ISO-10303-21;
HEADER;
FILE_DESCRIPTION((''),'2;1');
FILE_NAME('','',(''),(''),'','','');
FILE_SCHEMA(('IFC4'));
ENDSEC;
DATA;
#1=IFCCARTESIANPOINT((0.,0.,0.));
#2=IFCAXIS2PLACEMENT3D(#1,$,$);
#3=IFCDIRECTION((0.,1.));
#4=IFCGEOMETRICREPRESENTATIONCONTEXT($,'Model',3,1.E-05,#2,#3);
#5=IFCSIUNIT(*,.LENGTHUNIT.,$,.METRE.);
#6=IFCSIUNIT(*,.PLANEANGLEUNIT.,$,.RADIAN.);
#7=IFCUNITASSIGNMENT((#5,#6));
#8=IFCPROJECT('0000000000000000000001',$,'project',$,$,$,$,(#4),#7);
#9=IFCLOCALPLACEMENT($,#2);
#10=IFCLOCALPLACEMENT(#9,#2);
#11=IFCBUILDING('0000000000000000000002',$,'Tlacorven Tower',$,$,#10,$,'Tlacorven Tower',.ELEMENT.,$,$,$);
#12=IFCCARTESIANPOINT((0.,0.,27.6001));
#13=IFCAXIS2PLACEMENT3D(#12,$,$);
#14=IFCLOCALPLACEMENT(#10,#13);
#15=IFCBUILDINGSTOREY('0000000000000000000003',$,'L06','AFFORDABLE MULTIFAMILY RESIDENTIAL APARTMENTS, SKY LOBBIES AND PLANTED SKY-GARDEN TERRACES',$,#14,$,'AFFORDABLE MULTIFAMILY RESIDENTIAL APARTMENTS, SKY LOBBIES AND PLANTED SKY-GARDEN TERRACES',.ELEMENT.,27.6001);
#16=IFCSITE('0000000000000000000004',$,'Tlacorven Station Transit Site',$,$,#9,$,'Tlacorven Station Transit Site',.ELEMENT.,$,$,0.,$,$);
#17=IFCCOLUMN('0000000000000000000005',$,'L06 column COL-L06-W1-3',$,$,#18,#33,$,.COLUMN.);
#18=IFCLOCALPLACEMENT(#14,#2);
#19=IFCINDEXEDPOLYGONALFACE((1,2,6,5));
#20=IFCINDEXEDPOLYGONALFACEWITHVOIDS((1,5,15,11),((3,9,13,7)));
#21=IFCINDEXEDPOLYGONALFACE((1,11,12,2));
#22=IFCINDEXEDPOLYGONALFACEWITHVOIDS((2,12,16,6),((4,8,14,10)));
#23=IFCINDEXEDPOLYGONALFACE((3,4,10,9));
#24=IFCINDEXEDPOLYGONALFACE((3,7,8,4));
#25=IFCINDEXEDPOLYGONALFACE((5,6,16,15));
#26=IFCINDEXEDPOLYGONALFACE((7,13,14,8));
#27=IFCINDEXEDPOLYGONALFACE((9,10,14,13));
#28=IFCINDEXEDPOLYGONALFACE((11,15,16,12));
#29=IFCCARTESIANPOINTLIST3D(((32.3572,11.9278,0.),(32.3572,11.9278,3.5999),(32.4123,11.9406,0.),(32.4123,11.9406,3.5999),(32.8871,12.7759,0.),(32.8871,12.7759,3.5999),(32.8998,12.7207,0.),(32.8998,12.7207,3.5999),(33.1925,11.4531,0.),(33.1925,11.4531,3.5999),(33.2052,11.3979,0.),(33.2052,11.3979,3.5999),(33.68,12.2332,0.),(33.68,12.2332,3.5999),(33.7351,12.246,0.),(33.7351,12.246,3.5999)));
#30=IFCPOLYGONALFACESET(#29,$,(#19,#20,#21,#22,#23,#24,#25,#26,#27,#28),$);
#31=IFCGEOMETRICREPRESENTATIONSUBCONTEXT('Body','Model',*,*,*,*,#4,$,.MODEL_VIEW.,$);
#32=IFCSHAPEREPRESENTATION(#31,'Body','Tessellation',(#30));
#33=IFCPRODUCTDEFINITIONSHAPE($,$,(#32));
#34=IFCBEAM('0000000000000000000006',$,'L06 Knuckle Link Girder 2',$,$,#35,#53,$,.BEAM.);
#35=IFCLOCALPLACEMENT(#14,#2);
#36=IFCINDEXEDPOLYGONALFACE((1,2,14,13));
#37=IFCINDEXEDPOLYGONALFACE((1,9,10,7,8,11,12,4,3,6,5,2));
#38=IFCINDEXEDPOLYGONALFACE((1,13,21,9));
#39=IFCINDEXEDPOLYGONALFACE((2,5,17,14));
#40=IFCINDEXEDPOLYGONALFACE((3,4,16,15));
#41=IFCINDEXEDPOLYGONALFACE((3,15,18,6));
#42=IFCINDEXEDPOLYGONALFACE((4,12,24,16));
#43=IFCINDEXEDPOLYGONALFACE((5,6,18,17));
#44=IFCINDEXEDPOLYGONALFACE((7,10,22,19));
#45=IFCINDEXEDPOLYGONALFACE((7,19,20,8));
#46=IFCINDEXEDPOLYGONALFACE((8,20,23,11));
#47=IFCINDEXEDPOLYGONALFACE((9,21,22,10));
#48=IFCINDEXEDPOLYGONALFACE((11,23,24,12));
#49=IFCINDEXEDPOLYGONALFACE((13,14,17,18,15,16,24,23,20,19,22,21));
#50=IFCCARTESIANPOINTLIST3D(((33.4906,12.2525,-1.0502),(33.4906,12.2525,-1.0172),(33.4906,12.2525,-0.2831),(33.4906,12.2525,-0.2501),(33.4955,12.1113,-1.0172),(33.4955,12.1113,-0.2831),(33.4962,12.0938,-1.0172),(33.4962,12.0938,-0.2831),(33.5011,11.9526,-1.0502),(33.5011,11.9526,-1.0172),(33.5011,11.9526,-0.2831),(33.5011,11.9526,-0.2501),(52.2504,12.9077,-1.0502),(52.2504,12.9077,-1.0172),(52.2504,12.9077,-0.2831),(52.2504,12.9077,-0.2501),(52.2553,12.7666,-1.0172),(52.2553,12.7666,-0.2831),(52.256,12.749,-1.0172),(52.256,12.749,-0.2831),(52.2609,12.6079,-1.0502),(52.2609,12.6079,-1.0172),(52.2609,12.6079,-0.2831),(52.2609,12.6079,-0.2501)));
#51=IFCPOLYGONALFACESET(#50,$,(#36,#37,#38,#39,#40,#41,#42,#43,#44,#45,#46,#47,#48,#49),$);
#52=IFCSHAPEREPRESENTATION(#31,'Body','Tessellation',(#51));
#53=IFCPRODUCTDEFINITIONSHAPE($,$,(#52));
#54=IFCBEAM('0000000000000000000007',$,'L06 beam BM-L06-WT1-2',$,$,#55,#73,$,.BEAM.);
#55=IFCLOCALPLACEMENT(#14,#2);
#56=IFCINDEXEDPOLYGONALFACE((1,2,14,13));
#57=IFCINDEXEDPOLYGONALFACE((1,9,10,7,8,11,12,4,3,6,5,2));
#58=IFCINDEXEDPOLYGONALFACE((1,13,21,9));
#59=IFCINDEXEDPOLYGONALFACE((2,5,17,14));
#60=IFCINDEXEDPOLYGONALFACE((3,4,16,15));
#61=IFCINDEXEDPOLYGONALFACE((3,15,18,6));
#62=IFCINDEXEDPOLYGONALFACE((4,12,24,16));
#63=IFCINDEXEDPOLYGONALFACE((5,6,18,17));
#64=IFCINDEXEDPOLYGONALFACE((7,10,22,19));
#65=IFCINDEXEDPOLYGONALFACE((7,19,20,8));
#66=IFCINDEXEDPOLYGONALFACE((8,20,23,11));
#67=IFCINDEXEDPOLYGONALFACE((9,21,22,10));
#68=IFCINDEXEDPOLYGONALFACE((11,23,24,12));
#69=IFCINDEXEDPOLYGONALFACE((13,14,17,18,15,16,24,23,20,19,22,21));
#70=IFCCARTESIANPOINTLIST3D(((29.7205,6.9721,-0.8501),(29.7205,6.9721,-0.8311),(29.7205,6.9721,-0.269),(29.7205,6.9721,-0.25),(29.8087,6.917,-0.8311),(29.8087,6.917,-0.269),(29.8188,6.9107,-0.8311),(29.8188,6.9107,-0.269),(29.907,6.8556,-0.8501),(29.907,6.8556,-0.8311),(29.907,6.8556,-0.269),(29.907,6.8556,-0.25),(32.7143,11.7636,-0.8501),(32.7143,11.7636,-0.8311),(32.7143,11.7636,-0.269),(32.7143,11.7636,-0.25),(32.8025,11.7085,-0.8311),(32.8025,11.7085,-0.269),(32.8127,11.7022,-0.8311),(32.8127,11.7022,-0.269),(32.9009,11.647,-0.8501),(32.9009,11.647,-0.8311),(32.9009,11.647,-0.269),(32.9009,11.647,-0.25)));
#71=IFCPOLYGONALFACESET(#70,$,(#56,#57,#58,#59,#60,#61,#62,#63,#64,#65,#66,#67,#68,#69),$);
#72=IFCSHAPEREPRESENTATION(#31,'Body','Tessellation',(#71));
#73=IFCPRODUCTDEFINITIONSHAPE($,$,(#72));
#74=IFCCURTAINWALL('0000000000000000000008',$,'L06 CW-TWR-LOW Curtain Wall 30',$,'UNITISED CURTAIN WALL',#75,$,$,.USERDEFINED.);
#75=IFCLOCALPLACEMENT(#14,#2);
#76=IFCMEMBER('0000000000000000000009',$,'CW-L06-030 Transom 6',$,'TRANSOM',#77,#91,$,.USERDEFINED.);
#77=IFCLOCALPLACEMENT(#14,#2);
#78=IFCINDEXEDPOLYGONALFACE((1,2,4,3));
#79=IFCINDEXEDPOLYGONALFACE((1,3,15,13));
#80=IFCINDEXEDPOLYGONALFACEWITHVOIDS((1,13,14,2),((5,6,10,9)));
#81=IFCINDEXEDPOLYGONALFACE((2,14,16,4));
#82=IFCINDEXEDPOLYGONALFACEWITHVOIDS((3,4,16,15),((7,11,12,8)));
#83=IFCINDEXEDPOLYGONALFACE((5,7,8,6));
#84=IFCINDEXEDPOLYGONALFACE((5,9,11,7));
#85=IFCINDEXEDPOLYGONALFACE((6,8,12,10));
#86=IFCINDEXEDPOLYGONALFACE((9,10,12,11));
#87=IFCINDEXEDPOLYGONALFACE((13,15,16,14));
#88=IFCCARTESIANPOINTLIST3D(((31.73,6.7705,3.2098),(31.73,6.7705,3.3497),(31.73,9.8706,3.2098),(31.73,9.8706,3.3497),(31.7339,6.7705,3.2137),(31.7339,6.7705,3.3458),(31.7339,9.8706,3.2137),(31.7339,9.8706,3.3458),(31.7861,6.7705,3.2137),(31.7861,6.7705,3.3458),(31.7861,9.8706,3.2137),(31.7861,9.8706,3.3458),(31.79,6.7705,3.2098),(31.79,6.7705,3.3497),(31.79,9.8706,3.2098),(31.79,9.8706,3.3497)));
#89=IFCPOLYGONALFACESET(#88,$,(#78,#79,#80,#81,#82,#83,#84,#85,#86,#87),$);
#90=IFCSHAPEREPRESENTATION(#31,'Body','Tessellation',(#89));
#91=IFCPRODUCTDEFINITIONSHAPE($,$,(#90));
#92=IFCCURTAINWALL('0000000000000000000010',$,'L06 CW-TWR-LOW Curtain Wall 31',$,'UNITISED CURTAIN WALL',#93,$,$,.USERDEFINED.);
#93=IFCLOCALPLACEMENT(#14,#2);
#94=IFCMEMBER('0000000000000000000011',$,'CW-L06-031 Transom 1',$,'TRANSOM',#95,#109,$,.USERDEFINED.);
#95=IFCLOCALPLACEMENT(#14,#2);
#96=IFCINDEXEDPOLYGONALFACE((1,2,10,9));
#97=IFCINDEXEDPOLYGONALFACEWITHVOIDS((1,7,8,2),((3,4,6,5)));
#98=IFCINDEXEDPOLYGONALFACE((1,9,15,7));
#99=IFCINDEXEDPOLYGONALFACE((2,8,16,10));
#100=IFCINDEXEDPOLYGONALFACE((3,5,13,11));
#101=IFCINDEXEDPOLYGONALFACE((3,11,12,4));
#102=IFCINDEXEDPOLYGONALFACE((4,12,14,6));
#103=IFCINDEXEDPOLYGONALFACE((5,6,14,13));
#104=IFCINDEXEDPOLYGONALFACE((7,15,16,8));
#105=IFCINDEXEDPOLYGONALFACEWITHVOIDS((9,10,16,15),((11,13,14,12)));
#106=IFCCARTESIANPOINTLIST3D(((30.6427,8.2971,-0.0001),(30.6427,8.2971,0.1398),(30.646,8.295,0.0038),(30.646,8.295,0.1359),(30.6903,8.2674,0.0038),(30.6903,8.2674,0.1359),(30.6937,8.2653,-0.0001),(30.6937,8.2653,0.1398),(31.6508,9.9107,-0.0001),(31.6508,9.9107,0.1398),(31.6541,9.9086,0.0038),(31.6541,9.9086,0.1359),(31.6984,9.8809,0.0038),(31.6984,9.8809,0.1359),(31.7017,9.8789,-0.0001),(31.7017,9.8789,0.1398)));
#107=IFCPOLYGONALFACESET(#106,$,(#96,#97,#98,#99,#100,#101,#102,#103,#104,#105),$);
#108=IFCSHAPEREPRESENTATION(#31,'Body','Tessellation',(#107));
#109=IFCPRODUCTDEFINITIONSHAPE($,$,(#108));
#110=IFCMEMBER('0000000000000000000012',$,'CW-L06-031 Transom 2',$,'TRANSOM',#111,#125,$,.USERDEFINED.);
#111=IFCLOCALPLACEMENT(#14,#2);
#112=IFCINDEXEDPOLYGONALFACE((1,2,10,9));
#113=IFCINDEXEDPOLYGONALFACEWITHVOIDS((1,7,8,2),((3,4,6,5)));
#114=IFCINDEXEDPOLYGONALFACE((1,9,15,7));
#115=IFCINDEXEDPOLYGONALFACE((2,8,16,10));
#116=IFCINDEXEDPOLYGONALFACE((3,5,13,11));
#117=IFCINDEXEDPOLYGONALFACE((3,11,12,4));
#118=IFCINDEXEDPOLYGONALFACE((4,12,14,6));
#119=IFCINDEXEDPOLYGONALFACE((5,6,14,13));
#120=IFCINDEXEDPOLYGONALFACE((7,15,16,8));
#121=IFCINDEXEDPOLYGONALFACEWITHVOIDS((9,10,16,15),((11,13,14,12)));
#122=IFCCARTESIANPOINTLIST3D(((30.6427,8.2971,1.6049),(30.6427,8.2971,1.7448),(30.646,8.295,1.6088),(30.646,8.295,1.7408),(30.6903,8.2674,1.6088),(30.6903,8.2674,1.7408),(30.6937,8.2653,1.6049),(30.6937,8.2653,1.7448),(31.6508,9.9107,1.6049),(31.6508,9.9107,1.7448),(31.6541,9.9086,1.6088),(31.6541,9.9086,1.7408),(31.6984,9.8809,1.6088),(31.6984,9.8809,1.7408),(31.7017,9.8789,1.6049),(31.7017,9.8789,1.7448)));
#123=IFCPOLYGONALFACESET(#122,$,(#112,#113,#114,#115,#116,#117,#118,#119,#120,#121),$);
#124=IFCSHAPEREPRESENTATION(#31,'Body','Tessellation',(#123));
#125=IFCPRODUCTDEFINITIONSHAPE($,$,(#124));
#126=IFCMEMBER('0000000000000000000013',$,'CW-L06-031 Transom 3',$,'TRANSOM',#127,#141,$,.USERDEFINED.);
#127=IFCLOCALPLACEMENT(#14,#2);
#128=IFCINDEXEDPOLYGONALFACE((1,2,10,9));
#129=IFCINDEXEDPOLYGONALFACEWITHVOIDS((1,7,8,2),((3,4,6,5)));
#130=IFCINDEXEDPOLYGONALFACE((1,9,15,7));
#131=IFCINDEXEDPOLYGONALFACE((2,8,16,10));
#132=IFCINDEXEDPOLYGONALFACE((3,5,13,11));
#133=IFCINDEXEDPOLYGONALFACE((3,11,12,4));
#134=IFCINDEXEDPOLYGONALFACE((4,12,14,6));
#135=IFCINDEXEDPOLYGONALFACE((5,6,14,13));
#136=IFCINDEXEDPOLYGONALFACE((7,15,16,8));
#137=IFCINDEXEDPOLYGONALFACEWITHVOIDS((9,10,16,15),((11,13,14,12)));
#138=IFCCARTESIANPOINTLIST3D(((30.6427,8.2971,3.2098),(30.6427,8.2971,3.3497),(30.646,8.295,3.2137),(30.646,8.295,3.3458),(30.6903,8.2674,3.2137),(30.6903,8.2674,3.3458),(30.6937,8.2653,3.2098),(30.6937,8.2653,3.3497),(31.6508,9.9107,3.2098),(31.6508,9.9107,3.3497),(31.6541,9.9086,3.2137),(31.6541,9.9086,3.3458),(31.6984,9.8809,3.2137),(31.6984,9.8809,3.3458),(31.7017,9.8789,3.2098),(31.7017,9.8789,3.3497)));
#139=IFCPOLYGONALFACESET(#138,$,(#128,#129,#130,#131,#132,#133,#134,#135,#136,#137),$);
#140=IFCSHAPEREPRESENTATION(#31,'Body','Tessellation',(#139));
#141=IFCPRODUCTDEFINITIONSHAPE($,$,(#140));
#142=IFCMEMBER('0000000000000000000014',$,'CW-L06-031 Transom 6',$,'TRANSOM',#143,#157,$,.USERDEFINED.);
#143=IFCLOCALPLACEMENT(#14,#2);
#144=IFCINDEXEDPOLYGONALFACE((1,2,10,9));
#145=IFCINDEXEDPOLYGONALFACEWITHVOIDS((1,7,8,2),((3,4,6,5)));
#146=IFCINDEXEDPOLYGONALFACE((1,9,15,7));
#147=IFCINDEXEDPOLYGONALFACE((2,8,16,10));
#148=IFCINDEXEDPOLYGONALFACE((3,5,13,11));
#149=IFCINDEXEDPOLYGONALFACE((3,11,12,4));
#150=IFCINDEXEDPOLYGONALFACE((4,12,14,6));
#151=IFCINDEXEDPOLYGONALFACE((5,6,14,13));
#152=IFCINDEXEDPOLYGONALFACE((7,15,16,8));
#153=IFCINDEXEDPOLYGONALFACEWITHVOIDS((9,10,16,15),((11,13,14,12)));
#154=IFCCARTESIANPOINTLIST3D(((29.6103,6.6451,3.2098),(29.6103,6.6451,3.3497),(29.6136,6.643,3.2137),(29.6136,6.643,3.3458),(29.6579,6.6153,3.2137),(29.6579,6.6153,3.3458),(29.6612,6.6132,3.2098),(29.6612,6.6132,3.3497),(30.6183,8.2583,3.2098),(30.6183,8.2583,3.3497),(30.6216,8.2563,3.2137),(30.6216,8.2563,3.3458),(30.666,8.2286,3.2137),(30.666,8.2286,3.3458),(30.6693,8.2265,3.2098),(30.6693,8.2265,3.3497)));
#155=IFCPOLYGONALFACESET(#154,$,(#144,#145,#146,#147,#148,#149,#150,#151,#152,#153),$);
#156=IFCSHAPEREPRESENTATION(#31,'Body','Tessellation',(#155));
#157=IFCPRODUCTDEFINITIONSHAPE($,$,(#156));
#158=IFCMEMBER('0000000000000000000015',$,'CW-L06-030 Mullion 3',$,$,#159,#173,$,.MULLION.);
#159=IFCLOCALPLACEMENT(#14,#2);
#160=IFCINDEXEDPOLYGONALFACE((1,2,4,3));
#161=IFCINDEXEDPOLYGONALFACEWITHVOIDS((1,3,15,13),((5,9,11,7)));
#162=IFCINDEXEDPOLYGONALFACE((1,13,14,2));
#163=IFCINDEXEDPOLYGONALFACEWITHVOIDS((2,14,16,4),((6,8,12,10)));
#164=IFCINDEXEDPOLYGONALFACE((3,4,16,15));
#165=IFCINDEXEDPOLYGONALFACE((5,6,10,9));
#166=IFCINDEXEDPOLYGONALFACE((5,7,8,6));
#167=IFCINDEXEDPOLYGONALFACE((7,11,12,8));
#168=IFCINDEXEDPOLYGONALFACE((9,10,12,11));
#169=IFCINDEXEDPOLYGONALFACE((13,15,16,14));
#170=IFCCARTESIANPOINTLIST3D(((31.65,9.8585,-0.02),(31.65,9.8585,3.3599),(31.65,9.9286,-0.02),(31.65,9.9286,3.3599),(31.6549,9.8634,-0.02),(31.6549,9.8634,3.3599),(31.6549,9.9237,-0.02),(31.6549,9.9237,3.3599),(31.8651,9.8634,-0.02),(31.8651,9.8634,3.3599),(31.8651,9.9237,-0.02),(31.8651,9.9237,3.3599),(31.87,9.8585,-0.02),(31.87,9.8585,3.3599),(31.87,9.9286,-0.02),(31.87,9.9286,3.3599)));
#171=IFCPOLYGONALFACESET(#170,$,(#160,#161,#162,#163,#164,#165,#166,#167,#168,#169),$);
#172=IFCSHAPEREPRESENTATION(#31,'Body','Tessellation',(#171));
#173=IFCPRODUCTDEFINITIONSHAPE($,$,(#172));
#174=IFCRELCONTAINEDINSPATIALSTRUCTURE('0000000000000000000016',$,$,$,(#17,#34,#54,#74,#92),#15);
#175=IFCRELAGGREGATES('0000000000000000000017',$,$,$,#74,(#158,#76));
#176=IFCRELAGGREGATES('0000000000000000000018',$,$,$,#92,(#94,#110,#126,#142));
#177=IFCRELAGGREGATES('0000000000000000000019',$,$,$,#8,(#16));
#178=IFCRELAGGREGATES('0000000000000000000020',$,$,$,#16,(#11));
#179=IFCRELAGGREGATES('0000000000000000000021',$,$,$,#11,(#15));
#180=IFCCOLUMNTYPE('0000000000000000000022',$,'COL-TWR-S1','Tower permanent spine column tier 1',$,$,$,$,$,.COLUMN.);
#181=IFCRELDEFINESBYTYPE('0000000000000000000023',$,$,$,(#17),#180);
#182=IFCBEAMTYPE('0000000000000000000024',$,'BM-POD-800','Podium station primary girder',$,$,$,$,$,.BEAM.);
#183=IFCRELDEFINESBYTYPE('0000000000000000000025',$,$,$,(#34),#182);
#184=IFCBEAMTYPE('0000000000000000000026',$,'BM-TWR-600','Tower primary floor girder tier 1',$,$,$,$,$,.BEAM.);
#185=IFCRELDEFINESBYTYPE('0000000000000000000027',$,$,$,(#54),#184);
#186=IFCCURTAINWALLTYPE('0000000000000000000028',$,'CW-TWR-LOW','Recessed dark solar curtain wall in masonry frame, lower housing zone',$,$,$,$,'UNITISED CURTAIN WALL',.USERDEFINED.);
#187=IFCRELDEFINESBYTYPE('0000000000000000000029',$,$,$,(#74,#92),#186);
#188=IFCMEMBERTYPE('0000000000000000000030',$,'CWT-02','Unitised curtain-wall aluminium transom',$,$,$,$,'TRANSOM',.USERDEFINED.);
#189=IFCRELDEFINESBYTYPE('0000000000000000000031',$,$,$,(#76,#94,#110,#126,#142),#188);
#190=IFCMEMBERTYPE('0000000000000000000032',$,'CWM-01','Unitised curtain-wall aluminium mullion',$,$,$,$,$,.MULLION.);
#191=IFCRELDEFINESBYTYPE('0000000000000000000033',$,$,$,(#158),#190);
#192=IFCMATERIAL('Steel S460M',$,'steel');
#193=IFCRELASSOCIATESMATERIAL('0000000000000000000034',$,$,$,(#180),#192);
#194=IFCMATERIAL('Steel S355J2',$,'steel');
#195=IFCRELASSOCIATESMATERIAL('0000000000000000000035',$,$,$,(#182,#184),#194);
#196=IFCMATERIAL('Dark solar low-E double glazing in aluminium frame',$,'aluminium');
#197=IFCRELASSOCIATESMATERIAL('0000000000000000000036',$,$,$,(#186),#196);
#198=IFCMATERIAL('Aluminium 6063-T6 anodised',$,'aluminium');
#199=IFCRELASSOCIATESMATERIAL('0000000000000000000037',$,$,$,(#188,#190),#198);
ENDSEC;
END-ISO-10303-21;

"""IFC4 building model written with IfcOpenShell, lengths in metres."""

from ifc_helpers import new_model, si_unit, direction, frame, origin, origin_2d, place, context, subcontext, project, spatial, hollow_rectangle, i_section, extrude, source, transform, mapped, material, material_profile, profile_set, type_object, element, aggregate, save


model = new_model("IFC4")

# Units and contexts
model_context = context("Model", 3, precision=1e-05, world=origin(), true_north=direction((0.0, 1.0)))
body_context = subcontext(model_context, "Body", "Model", "MODEL_VIEW")
ifc_project = project(units=[si_unit("LENGTHUNIT", "METRE"), si_unit("PLANEANGLEUNIT", "RADIAN")], contexts=[model_context])

# Site, building, storey
site_placement = place(None, origin())
site = spatial("IfcSite", under=ifc_project, at=site_placement, Name="Tlacorven Station Transit Site", LongName="Tlacorven Station Transit Site", CompositionType="ELEMENT", RefElevation=0.0)
building_placement = place(site_placement, origin())
building = spatial("IfcBuilding", under=site, at=building_placement, Name="Tlacorven Tower", LongName="Tlacorven Tower", CompositionType="ELEMENT")
storey_placement = place(building_placement, frame((0.0, 0.0, 27.6001)))
storey = spatial("IfcBuildingStorey", under=building, at=storey_placement, Name="L06", Description="AFFORDABLE MULTIFAMILY RESIDENTIAL APARTMENTS, SKY LOBBIES AND PLANTED SKY-GARDEN TERRACES", LongName="AFFORDABLE MULTIFAMILY RESIDENTIAL APARTMENTS, SKY LOBBIES AND PLANTED SKY-GARDEN TERRACES", CompositionType="ELEMENT", Elevation=27.6001)

# Column
ifc_material_1 = material(Name="Steel S460M", Category="steel")
ifc_material_profile_1 = material_profile(ifc_material_1, hollow_rectangle(XDim=1.0, YDim=1.0, WallThickness=0.04, at=origin_2d()), Name="BOX 1000X1000X40")
ifc_profile_set_1 = profile_set([ifc_material_profile_1], Name="Steel S460M")
column_type = type_object("IfcColumnType", Name="COL-TWR-S1", Description="Tower permanent spine column tier 1", PredefinedType="COLUMN", material=ifc_profile_set_1)
shared_shape_1 = source(origin(), body_context, "Body", "SweptSolid", [
    extrude(hollow_rectangle(XDim=1.0, YDim=1.0, WallThickness=0.04, at=origin_2d()), origin(), (0.0, 0.0, 1.0), 3.5999),
])
column_placement = place(storey_placement, frame((33.0461, 12.0869, 0.0), z_axis=(0.0, 0.0, 1.0), x_axis=(-0.848048, 0.529919, 0.0)))
element("IfcColumn", 1, at=column_placement, inside=storey, type_object=column_type, Name="L06 column COL-L06-W1-3", PredefinedType="COLUMN", context=body_context, shape_type="MappedRepresentation", body=[
    mapped(shared_shape_1, transform((0.0, 0.0, 0.0), scale=1.0)),
])

# Beams
ifc_material_2 = material(Name="Steel S355J2", Category="steel")
ifc_material_profile_2 = material_profile(ifc_material_2, i_section(OverallWidth=0.3, OverallDepth=0.8, WebThickness=0.0176, FlangeThickness=0.033, at=origin_2d()), Name="HEB 800")
ifc_profile_set_2 = profile_set([ifc_material_profile_2], Name="Steel S355J2")
beam_type_1 = type_object("IfcBeamType", Name="BM-POD-800", Description="Podium station primary girder", PredefinedType="BEAM", material=ifc_profile_set_2)
shared_shape_2 = source(origin(), body_context, "Body", "SweptSolid", [
    extrude(i_section(OverallWidth=0.3, OverallDepth=0.8, WebThickness=0.0176, FlangeThickness=0.033, at=origin_2d()), origin(), (0.0, 0.0, 1.0), 18.7712),
])
beam_1_placement = place(storey_placement, frame((33.4958, 12.1025, -0.6501), z_axis=(0.999391, 0.034908, 0.0), x_axis=(-0.034908, 0.999391, 0.0)))
element("IfcBeam", 2, at=beam_1_placement, inside=storey, type_object=beam_type_1, Name="L06 Knuckle Link Girder 2", PredefinedType="BEAM", context=body_context, shape_type="MappedRepresentation", body=[
    mapped(shared_shape_2, transform((0.0, 0.0, 0.0), scale=1.0)),
])
ifc_material_profile_3 = material_profile(ifc_material_2, i_section(OverallWidth=0.22, OverallDepth=0.6001, WebThickness=0.012, FlangeThickness=0.019, at=origin_2d()), Name="IPE 600")
ifc_profile_set_3 = profile_set([ifc_material_profile_3], Name="Steel S355J2")
beam_type_2 = type_object("IfcBeamType", Name="BM-TWR-600", Description="Tower primary floor girder tier 1", PredefinedType="BEAM", material=ifc_profile_set_3)
shared_shape_3 = source(origin(), body_context, "Body", "SweptSolid", [
    extrude(i_section(OverallWidth=0.22, OverallDepth=0.6001, WebThickness=0.012, FlangeThickness=0.019, at=origin_2d()), origin(), (0.0, 0.0, 1.0), 5.6499),
])
beam_2_placement = place(storey_placement, frame((32.8076, 11.7053, -0.55), z_axis=(-0.529898, -0.848061, 0.0), x_axis=(0.848061, -0.529898, 0.0)))
element("IfcBeam", 3, at=beam_2_placement, inside=storey, type_object=beam_type_2, Name="L06 beam BM-L06-WT1-2", PredefinedType="BEAM", context=body_context, shape_type="MappedRepresentation", body=[
    mapped(shared_shape_3, transform((0.0, 0.0, 0.0), scale=1.0)),
])

# Curtain wall, member
ifc_material_3 = material(Name="Dark solar low-E double glazing in aluminium frame", Category="aluminium")
curtain_wall_type = type_object("IfcCurtainWallType", Name="CW-TWR-LOW", Description="Recessed dark solar curtain wall in masonry frame, lower housing zone", ElementType="UNITISED CURTAIN WALL", PredefinedType="USERDEFINED", material=ifc_material_3)
curtain_wall_1_placement = place(storey_placement, origin())
curtain_wall_1 = element("IfcCurtainWall", 4, at=curtain_wall_1_placement, inside=storey, type_object=curtain_wall_type, Name="L06 CW-TWR-LOW Curtain Wall 30", ObjectType="UNITISED CURTAIN WALL", PredefinedType="USERDEFINED")
ifc_material_4 = material(Name="Aluminium 6063-T6 anodised", Category="aluminium")
ifc_material_profile_4 = material_profile(ifc_material_4, hollow_rectangle(XDim=0.0601, YDim=0.1399, WallThickness=0.0039, at=origin_2d()), Name="ALU TRANSOM 60X140")
ifc_profile_set_4 = profile_set([ifc_material_profile_4], Name="Aluminium 6063-T6 anodised")
member_type_1 = type_object("IfcMemberType", Name="CWT-02", Description="Unitised curtain-wall aluminium transom", ElementType="TRANSOM", PredefinedType="USERDEFINED", material=ifc_profile_set_4)
shared_shape_4 = source(origin(), body_context, "Body", "SweptSolid", [
    extrude(hollow_rectangle(XDim=0.0601, YDim=0.1399, WallThickness=0.0039, at=origin_2d()), origin(), (0.0, 0.0, 1.0), 3.1001),
])
member_1_placement = place(storey_placement, frame((31.76, 6.7705, 3.2798), z_axis=(0.0, 1.0, 0.0), x_axis=(-1.0, 0.0, 0.0)))
member_1 = element("IfcMember", 5, at=member_1_placement, type_object=member_type_1, Name="CW-L06-030 Transom 6", ObjectType="TRANSOM", PredefinedType="USERDEFINED", context=body_context, shape_type="MappedRepresentation", body=[
    mapped(shared_shape_4, transform((0.0, 0.0, 0.0), scale=1.0)),
])

# Curtain wall, members
curtain_wall_2_placement = place(storey_placement, origin())
curtain_wall_2 = element("IfcCurtainWall", 6, at=curtain_wall_2_placement, inside=storey, type_object=curtain_wall_type, Name="L06 CW-TWR-LOW Curtain Wall 31", ObjectType="UNITISED CURTAIN WALL", PredefinedType="USERDEFINED")
shared_shape_5 = source(origin(), body_context, "Body", "SweptSolid", [
    extrude(hollow_rectangle(XDim=0.0601, YDim=0.1399, WallThickness=0.0039, at=origin_2d()), origin(), (0.0, 0.0, 1.0), 1.9026),
])
member_2_placement = place(storey_placement, frame((31.6763, 9.8948, 0.0698), z_axis=(-0.529849, -0.848092, 0.0), x_axis=(0.848092, -0.529849, 0.0)))
member_2 = element("IfcMember", 7, at=member_2_placement, type_object=member_type_1, Name="CW-L06-031 Transom 1", ObjectType="TRANSOM", PredefinedType="USERDEFINED", context=body_context, shape_type="MappedRepresentation", body=[
    mapped(shared_shape_5, transform((0.0, 0.0, 0.0), scale=1.0)),
])
member_3_placement = place(storey_placement, frame((31.6763, 9.8948, 1.6748), z_axis=(-0.529849, -0.848092, 0.0), x_axis=(0.848092, -0.529849, 0.0)))
member_3 = element("IfcMember", 8, at=member_3_placement, type_object=member_type_1, Name="CW-L06-031 Transom 2", ObjectType="TRANSOM", PredefinedType="USERDEFINED", context=body_context, shape_type="MappedRepresentation", body=[
    mapped(shared_shape_5, transform((0.0, 0.0, 0.0), scale=1.0)),
])
member_4_placement = place(storey_placement, frame((31.6763, 9.8948, 3.2798), z_axis=(-0.529849, -0.848092, 0.0), x_axis=(0.848092, -0.529849, 0.0)))
member_4 = element("IfcMember", 9, at=member_4_placement, type_object=member_type_1, Name="CW-L06-031 Transom 3", ObjectType="TRANSOM", PredefinedType="USERDEFINED", context=body_context, shape_type="MappedRepresentation", body=[
    mapped(shared_shape_5, transform((0.0, 0.0, 0.0), scale=1.0)),
])
shared_shape_6 = source(origin(), body_context, "Body", "SweptSolid", [
    extrude(hollow_rectangle(XDim=0.0601, YDim=0.1399, WallThickness=0.0039, at=origin_2d()), origin(), (0.0, 0.0, 1.0), 1.9023),
])
member_5_placement = place(storey_placement, frame((30.6438, 8.2424, 3.2798), z_axis=(-0.529907, -0.848056, 0.0), x_axis=(0.848056, -0.529907, 0.0)))
member_5 = element("IfcMember", 10, at=member_5_placement, type_object=member_type_1, Name="CW-L06-031 Transom 6", ObjectType="TRANSOM", PredefinedType="USERDEFINED", context=body_context, shape_type="MappedRepresentation", body=[
    mapped(shared_shape_6, transform((0.0, 0.0, 0.0), scale=1.0)),
])

# Member
ifc_material_profile_5 = material_profile(ifc_material_4, hollow_rectangle(XDim=0.0701, YDim=0.22, WallThickness=0.0049, at=origin_2d()), Name="ALU MULLION 70X220")
ifc_profile_set_5 = profile_set([ifc_material_profile_5], Name="Aluminium 6063-T6 anodised")
member_type_2 = type_object("IfcMemberType", Name="CWM-01", Description="Unitised curtain-wall aluminium mullion", PredefinedType="MULLION", material=ifc_profile_set_5)
shared_shape_7 = source(origin(), body_context, "Body", "SweptSolid", [
    extrude(hollow_rectangle(XDim=0.0701, YDim=0.22, WallThickness=0.0049, at=origin_2d()), origin(), (0.0, 0.0, 1.0), 3.3799),
])
member_6_placement = place(storey_placement, frame((31.76, 9.8936, -0.02), z_axis=(0.0, 0.0, 1.0), x_axis=(0.0, 1.0, 0.0)))
member_6 = element("IfcMember", 11, at=member_6_placement, type_object=member_type_2, Name="CW-L06-030 Mullion 3", PredefinedType="MULLION", context=body_context, shape_type="MappedRepresentation", body=[
    mapped(shared_shape_7, transform((0.0, 0.0, 0.0), scale=1.0)),
])

aggregate(curtain_wall_1, [member_6, member_1])
aggregate(curtain_wall_2, [member_2, member_3, member_4, member_5])

save(model, "model.ifc")
